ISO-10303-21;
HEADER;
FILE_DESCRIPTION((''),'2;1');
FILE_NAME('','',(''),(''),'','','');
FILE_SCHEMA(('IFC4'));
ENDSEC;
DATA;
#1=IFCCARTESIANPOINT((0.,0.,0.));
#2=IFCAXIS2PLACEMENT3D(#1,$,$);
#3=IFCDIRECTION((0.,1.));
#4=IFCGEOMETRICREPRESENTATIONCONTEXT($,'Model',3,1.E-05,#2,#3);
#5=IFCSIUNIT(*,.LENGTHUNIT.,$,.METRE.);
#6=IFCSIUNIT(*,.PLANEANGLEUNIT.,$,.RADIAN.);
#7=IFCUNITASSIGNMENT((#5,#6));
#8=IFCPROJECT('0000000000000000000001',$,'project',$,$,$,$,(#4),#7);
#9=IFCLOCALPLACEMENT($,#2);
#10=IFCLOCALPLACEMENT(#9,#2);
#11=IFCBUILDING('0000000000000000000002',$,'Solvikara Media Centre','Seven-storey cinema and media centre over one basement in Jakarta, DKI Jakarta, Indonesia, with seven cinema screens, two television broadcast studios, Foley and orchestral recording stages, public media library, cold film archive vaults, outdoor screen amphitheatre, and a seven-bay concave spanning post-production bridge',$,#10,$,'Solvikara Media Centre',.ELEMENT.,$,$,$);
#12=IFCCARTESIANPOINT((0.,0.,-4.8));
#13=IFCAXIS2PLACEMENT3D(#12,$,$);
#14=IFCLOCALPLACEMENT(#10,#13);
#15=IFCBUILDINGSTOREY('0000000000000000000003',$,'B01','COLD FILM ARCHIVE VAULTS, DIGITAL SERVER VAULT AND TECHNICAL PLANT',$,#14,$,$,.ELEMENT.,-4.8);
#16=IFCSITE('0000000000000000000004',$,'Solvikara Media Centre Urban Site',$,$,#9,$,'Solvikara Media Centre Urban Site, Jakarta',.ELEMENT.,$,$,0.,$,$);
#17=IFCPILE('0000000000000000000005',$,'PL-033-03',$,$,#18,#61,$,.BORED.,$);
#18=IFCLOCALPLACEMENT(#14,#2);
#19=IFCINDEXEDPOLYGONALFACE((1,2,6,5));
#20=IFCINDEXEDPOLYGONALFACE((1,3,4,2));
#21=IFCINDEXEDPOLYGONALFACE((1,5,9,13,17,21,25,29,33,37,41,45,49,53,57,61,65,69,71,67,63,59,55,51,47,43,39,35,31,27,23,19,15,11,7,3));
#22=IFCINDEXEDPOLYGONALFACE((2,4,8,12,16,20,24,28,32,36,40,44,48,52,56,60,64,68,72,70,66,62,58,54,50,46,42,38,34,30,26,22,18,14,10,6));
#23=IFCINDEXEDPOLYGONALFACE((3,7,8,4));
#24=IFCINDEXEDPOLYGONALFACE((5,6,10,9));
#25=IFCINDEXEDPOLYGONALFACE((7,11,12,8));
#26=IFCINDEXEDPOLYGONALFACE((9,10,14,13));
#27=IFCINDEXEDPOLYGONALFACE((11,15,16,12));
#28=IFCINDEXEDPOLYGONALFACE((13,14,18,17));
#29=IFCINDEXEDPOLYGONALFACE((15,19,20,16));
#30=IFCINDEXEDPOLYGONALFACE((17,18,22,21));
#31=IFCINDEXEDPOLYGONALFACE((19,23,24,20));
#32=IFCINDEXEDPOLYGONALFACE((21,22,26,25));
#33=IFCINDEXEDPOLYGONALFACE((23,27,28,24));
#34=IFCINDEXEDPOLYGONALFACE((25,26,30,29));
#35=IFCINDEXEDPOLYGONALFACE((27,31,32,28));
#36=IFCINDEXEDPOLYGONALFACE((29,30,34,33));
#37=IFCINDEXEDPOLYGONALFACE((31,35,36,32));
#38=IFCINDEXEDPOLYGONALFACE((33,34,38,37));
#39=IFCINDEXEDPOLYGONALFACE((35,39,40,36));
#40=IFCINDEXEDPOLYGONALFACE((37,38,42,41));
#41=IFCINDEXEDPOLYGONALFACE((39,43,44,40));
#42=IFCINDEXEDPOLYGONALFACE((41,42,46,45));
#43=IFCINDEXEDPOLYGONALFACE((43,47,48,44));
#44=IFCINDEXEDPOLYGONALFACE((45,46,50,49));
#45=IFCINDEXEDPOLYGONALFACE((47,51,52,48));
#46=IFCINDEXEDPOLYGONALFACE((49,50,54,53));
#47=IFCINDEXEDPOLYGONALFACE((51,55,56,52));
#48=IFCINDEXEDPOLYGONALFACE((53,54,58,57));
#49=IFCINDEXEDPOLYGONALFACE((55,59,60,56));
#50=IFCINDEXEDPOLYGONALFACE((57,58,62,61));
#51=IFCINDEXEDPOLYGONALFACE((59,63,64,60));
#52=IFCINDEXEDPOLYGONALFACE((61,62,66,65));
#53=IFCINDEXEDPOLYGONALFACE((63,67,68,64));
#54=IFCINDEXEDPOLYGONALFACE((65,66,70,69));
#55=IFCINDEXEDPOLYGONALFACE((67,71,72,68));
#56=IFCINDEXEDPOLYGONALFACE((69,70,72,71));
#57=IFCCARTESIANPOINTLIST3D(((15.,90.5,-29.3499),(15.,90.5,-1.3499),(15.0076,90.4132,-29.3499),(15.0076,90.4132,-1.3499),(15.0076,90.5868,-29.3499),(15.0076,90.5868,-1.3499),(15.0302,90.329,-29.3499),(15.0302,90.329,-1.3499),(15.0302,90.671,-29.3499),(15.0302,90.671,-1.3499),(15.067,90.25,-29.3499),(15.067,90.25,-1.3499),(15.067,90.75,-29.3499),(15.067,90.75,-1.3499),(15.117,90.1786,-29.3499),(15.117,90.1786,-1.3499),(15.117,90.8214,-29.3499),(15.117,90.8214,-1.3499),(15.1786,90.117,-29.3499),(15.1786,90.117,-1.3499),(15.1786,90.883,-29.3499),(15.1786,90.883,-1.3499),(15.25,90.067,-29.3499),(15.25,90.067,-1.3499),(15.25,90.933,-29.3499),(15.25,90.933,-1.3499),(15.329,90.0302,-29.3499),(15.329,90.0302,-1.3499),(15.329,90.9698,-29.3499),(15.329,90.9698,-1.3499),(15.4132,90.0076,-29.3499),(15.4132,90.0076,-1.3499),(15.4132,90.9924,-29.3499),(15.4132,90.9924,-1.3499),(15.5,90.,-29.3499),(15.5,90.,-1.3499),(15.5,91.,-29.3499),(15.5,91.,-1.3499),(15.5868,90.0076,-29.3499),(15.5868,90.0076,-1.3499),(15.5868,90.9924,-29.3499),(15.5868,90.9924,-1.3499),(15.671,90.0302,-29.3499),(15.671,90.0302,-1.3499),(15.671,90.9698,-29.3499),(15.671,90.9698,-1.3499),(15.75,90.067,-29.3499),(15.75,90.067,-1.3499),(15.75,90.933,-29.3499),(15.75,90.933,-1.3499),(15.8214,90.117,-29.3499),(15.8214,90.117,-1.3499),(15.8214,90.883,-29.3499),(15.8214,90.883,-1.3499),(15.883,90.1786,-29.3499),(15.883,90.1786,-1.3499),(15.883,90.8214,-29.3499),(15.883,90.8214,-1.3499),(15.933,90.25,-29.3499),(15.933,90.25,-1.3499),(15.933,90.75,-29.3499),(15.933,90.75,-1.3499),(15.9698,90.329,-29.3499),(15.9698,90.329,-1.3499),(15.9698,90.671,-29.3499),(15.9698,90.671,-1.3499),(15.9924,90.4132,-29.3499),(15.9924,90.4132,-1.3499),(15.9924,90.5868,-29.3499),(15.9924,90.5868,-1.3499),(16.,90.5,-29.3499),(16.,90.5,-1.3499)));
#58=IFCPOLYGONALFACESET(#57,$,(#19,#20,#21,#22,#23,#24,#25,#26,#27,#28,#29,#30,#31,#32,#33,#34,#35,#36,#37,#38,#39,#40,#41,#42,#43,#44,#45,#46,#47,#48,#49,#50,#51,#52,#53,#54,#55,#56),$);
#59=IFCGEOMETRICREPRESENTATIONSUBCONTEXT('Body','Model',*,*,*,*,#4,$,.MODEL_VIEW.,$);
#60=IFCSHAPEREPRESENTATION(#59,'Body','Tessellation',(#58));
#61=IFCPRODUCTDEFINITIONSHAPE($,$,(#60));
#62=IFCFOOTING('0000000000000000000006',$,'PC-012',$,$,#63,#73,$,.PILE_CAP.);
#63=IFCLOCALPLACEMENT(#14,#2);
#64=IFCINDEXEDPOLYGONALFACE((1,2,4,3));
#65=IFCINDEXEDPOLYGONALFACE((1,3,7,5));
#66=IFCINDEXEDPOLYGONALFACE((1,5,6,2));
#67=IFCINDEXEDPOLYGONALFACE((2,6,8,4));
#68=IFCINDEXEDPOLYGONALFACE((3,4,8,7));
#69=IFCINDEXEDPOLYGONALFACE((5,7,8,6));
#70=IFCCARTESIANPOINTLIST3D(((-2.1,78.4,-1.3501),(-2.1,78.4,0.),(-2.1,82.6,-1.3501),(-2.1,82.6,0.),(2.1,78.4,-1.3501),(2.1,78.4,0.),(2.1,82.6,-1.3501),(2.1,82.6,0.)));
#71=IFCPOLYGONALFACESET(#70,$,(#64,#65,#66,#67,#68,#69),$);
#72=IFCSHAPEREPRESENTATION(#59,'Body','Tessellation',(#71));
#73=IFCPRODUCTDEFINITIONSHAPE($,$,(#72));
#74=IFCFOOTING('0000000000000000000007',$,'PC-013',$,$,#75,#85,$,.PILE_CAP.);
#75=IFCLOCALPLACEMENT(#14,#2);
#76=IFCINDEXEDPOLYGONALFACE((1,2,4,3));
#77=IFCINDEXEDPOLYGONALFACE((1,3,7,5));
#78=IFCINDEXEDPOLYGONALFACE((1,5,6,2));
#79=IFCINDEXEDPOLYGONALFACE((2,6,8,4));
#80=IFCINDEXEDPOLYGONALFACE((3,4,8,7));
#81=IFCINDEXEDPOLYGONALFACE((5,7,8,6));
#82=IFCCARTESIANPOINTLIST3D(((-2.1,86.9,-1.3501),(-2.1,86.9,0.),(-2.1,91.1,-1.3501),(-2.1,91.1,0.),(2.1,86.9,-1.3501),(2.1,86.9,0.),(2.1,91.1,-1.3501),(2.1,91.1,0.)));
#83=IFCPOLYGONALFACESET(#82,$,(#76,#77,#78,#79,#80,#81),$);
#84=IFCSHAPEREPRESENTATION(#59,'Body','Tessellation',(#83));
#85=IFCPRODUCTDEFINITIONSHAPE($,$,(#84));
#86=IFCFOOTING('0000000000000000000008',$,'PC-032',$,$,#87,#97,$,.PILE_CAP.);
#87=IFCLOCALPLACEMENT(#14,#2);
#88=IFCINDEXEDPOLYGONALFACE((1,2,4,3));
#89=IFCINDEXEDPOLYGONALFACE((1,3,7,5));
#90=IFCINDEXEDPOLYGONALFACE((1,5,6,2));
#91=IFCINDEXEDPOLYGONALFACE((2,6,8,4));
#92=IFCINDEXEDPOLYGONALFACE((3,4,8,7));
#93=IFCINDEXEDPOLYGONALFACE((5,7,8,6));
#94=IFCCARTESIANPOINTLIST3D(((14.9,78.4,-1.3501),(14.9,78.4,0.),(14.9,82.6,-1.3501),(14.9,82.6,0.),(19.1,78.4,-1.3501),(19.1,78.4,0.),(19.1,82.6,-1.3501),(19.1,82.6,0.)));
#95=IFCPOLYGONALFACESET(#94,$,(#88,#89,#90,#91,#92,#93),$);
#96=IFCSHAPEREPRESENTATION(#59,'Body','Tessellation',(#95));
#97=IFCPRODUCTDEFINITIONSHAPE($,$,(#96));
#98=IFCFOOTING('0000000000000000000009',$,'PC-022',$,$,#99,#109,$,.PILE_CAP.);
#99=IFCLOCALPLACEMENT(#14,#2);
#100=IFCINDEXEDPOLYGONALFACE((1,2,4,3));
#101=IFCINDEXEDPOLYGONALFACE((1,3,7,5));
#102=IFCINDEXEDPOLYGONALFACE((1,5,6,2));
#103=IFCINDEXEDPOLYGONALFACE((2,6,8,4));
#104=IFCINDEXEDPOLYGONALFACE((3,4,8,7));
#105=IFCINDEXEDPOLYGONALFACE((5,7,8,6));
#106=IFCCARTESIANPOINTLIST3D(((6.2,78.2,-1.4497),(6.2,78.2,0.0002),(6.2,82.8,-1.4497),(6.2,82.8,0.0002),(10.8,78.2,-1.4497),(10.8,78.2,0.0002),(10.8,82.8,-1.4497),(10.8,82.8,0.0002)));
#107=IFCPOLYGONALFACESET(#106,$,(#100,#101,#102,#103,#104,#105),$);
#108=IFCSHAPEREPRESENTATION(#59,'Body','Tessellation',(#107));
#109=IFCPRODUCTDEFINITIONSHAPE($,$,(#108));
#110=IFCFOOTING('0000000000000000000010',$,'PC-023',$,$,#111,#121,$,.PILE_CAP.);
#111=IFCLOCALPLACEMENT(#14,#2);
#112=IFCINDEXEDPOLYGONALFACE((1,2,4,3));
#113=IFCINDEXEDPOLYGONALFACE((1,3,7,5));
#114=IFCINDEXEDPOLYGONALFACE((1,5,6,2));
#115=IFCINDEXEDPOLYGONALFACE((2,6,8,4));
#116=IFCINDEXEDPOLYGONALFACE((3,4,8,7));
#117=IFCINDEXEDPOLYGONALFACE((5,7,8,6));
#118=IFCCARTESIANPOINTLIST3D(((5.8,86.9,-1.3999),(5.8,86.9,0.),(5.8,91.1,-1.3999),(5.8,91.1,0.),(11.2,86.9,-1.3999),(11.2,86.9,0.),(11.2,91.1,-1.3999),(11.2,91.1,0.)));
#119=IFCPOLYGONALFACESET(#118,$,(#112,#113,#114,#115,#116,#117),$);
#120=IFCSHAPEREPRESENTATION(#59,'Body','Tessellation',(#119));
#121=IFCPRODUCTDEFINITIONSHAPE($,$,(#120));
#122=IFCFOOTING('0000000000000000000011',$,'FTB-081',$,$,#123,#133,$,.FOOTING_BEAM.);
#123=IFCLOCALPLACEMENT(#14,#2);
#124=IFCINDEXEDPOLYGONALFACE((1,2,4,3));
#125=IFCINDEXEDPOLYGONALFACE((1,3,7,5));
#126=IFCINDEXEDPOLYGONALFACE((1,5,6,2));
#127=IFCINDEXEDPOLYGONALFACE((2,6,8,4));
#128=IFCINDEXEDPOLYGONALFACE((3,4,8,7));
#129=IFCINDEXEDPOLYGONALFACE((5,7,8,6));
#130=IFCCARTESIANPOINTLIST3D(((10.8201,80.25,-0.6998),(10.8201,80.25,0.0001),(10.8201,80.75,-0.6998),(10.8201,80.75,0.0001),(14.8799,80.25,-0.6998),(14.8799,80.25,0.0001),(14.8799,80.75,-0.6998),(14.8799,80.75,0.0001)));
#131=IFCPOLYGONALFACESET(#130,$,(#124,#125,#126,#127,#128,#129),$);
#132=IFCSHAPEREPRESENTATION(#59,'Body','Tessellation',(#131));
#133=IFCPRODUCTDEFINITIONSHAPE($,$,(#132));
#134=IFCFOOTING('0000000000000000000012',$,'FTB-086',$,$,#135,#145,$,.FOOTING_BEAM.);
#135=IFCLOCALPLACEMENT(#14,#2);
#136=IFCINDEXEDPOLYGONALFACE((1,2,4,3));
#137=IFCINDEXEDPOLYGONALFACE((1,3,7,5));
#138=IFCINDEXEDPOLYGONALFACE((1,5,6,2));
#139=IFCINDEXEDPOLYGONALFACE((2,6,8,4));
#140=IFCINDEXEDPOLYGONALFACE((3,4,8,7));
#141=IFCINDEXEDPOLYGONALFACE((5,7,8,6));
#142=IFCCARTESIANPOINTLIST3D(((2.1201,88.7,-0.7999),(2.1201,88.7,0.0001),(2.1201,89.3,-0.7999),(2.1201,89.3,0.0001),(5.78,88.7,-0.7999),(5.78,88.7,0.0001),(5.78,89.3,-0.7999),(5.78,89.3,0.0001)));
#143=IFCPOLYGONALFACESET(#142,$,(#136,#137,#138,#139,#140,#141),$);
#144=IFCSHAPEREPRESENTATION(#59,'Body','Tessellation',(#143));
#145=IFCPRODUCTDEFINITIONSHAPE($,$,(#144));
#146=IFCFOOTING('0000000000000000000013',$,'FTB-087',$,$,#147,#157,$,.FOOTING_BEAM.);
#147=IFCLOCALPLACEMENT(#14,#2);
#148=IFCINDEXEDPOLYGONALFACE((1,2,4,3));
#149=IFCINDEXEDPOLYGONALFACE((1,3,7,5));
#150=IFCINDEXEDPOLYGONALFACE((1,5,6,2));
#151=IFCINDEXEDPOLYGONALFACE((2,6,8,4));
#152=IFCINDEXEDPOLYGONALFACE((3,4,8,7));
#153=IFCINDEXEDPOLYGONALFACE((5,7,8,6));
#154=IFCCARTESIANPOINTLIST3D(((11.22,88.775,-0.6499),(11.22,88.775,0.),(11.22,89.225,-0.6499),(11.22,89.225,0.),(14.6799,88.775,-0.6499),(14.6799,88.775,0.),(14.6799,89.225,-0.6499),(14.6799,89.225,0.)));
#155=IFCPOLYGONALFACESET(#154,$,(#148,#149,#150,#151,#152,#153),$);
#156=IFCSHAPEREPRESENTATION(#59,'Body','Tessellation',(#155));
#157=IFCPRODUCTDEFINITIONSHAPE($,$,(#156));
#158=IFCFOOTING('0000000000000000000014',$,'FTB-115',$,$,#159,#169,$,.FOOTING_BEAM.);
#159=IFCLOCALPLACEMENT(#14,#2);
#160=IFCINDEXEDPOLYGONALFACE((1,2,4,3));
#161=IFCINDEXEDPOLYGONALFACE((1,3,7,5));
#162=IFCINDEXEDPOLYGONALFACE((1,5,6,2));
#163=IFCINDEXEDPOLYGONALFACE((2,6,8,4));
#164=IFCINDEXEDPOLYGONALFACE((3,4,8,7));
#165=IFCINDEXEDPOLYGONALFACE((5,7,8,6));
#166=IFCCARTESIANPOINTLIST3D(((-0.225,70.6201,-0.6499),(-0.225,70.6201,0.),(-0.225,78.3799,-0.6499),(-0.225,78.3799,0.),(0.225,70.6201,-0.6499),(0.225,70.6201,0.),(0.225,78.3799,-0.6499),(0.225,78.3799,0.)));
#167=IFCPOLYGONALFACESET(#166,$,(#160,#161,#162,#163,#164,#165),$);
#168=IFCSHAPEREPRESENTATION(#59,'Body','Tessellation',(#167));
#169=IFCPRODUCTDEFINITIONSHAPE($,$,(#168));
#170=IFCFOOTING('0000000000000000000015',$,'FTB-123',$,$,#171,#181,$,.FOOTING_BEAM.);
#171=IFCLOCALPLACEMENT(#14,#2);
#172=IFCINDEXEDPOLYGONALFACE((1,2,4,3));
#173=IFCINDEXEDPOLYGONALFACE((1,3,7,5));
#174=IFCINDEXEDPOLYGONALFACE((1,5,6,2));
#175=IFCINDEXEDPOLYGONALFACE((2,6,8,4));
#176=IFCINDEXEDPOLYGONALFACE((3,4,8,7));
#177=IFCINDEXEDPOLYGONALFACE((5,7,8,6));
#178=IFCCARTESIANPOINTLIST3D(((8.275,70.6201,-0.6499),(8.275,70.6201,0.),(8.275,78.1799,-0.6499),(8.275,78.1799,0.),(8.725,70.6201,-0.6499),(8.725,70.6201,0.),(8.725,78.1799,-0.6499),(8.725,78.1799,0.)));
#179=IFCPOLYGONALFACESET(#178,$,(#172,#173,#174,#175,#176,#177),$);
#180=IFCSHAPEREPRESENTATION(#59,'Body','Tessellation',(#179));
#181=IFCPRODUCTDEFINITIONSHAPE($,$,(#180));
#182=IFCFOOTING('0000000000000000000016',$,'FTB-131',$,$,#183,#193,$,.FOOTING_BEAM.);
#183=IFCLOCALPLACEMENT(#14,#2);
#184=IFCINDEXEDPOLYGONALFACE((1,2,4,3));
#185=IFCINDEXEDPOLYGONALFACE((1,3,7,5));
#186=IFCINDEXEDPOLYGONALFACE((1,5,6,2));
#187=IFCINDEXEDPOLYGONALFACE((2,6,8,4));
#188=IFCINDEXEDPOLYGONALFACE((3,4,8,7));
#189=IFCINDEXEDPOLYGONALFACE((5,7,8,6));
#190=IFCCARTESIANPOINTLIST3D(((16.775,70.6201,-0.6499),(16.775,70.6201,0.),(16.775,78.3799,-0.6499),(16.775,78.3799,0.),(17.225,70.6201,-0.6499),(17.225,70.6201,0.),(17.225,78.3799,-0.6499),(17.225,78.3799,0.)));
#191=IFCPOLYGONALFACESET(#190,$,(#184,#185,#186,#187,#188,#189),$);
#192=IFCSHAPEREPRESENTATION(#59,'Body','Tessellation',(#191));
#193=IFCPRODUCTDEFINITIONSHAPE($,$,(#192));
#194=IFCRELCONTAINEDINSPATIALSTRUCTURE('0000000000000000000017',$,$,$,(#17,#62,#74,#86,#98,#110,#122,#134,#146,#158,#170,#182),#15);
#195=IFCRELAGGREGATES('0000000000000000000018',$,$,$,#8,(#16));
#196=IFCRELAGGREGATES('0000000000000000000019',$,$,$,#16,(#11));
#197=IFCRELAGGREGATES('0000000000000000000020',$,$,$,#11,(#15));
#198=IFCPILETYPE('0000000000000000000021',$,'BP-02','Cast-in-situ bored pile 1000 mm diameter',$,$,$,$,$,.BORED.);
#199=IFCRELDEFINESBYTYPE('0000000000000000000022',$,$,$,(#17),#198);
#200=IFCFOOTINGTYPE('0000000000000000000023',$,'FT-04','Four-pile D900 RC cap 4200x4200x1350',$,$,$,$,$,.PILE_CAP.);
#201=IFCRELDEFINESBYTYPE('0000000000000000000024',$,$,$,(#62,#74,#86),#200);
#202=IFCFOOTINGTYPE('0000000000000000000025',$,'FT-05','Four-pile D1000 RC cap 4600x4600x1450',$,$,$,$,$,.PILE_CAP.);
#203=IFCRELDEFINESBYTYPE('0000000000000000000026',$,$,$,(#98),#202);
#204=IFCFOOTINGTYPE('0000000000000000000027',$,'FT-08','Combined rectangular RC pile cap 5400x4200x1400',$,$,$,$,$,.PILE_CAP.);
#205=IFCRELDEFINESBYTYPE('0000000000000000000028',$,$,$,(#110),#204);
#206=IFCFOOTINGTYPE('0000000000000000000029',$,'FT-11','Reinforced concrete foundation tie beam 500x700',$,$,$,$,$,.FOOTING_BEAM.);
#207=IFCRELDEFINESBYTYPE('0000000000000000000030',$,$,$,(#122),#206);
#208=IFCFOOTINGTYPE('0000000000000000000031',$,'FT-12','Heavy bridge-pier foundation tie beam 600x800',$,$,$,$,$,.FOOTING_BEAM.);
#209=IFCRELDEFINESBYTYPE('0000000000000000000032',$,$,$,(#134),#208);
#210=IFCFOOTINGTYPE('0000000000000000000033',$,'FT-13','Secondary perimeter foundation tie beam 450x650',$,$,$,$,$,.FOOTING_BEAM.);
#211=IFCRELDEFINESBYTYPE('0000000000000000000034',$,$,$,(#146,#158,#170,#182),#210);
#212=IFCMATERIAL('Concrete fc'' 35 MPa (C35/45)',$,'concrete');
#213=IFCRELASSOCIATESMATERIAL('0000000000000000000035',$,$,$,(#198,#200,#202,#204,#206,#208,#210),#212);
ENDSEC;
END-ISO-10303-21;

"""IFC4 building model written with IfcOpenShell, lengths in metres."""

from ifc_helpers import new_model, si_unit, direction, frame, origin, origin_2d, place, context, subcontext, project, spatial, rectangle, circle, extrude, material, material_profile, profile_set, type_object, element, save


model = new_model("IFC4")

# Units and contexts
model_context = context("Model", 3, precision=1e-05, world=origin(), true_north=direction((0.0, 1.0)))
body_context = subcontext(model_context, "Body", "Model", "MODEL_VIEW")
ifc_project = project(units=[si_unit("LENGTHUNIT", "METRE"), si_unit("PLANEANGLEUNIT", "RADIAN")], contexts=[model_context])

# Site, building, storey
site_placement = place(None, origin())
site = spatial("IfcSite", under=ifc_project, at=site_placement, Name="Solvikara Media Centre Urban Site", LongName="Solvikara Media Centre Urban Site, Jakarta", CompositionType="ELEMENT", RefElevation=0.0)
building_placement = place(site_placement, origin())
building = spatial("IfcBuilding", under=site, at=building_placement, Name="Solvikara Media Centre", Description="Seven-storey cinema and media centre over one basement in Jakarta, DKI Jakarta, Indonesia, with seven cinema screens, two television broadcast studios, Foley and orchestral recording stages, public media library, cold film archive vaults, outdoor screen amphitheatre, and a seven-bay concave spanning post-production bridge", LongName="Solvikara Media Centre", CompositionType="ELEMENT")
storey_placement = place(building_placement, frame((0.0, 0.0, -4.8)))
storey = spatial("IfcBuildingStorey", under=building, at=storey_placement, Name="B01", Description="COLD FILM ARCHIVE VAULTS, DIGITAL SERVER VAULT AND TECHNICAL PLANT", CompositionType="ELEMENT", Elevation=-4.8)

# Pile
ifc_material_1 = material(Name="Concrete fc' 35 MPa (C35/45)", Category="concrete")
ifc_material_profile_1 = material_profile(ifc_material_1, circle(Radius=0.5, at=origin_2d()), Name="BORED PILE D1000")
ifc_profile_set_1 = profile_set([ifc_material_profile_1], Name="Concrete fc' 35 MPa (C35/45)")
pile_type_1 = type_object("IfcPileType", Name="BP-02", Description="Cast-in-situ bored pile 1000 mm diameter", PredefinedType="BORED", material=ifc_profile_set_1)
for number, where, z_axis, x_axis, name in (
    (1, (15.5, 90.5, -1.3499), (0.0, 0.0, -1.0), (1.0, 0.0, 0.0), "PL-033-03"),
):
    element("IfcPile", number, at=place(storey_placement, frame(where, z_axis=z_axis, x_axis=x_axis)), inside=storey, type_object=pile_type_1, Name=name, PredefinedType="BORED", context=body_context, shape_type="SweptSolid", body=[
        extrude(circle(Radius=0.5, at=origin_2d()), origin(), (0.0, 0.0, 1.0), 28.0),
    ])

# Footings
footing_type_1 = type_object("IfcFootingType", Name="FT-04", Description="Four-pile D900 RC cap 4200x4200x1350", PredefinedType="PILE_CAP", material=ifc_material_1)
for number, where, z_axis, x_axis, name in (
    (2, (0.0, 80.5, -1.3501), (0.0, 0.0, 1.0), (1.0, 0.0, 0.0), "PC-012"),
    (3, (0.0, 89.0, -1.3501), (0.0, 0.0, 1.0), (1.0, 0.0, 0.0), "PC-013"),
    (4, (17.0, 80.5, -1.3501), (0.0, 0.0, 1.0), (1.0, 0.0, 0.0), "PC-032"),
):
    element("IfcFooting", number, at=place(storey_placement, frame(where, z_axis=z_axis, x_axis=x_axis)), inside=storey, type_object=footing_type_1, Name=name, PredefinedType="PILE_CAP", context=body_context, shape_type="SweptSolid", body=[
        extrude(rectangle(XDim=4.2, YDim=4.2, at=origin_2d()), origin(), (0.0, 0.0, 1.0), 1.3501),
    ])
footing_type_2 = type_object("IfcFootingType", Name="FT-05", Description="Four-pile D1000 RC cap 4600x4600x1450", PredefinedType="PILE_CAP", material=ifc_material_1)
footing_1_placement = place(storey_placement, frame((8.5, 80.5, -1.4497), z_axis=(0.0, 0.0, 1.0), x_axis=(1.0, 0.0, 0.0)))
element("IfcFooting", 5, at=footing_1_placement, inside=storey, type_object=footing_type_2, Name="PC-022", PredefinedType="PILE_CAP", context=body_context, shape_type="SweptSolid", body=[
    extrude(rectangle(XDim=4.6001, YDim=4.6001, at=origin_2d()), origin(), (0.0, 0.0, 1.0), 1.45),
])
footing_type_3 = type_object("IfcFootingType", Name="FT-08", Description="Combined rectangular RC pile cap 5400x4200x1400", PredefinedType="PILE_CAP", material=ifc_material_1)
footing_2_placement = place(storey_placement, frame((8.5, 89.0, -1.3999), z_axis=(0.0, 0.0, 1.0), x_axis=(1.0, 0.0, 0.0)))
element("IfcFooting", 6, at=footing_2_placement, inside=storey, type_object=footing_type_3, Name="PC-023", PredefinedType="PILE_CAP", context=body_context, shape_type="SweptSolid", body=[
    extrude(rectangle(XDim=5.3999, YDim=4.2, at=origin_2d()), origin(), (0.0, 0.0, 1.0), 1.3999),
])
ifc_material_profile_2 = material_profile(ifc_material_1, rectangle(XDim=0.5, YDim=0.7, at=origin_2d()), Name="RC 500x700")
ifc_profile_set_2 = profile_set([ifc_material_profile_2], Name="Concrete fc' 35 MPa (C35/45)")
footing_type_4 = type_object("IfcFootingType", Name="FT-11", Description="Reinforced concrete foundation tie beam 500x700", PredefinedType="FOOTING_BEAM", material=ifc_profile_set_2)
footing_3_placement = place(storey_placement, frame((10.8201, 80.5, -0.3499), z_axis=(1.0, 0.0, 0.0), x_axis=(0.0, 1.0, 0.0)))
element("IfcFooting", 7, at=footing_3_placement, inside=storey, type_object=footing_type_4, Name="FTB-081", PredefinedType="FOOTING_BEAM", context=body_context, shape_type="SweptSolid", body=[
    extrude(rectangle(XDim=0.5, YDim=0.7, at=origin_2d()), origin(), (0.0, 0.0, 1.0), 4.0598),
])
ifc_material_profile_3 = material_profile(ifc_material_1, rectangle(XDim=0.6001, YDim=0.8, at=origin_2d()), Name="RC 600x800")
ifc_profile_set_3 = profile_set([ifc_material_profile_3], Name="Concrete fc' 35 MPa (C35/45)")
footing_type_5 = type_object("IfcFootingType", Name="FT-12", Description="Heavy bridge-pier foundation tie beam 600x800", PredefinedType="FOOTING_BEAM", material=ifc_profile_set_3)
footing_4_placement = place(storey_placement, frame((2.1201, 89.0, -0.3999), z_axis=(1.0, 0.0, 0.0), x_axis=(0.0, 1.0, 0.0)))
element("IfcFooting", 8, at=footing_4_placement, inside=storey, type_object=footing_type_5, Name="FTB-086", PredefinedType="FOOTING_BEAM", context=body_context, shape_type="SweptSolid", body=[
    extrude(rectangle(XDim=0.6001, YDim=0.8, at=origin_2d()), origin(), (0.0, 0.0, 1.0), 3.6599),
])
ifc_material_profile_4 = material_profile(ifc_material_1, rectangle(XDim=0.45, YDim=0.6499, at=origin_2d()), Name="RC 450x650")
ifc_profile_set_4 = profile_set([ifc_material_profile_4], Name="Concrete fc' 35 MPa (C35/45)")
footing_type_6 = type_object("IfcFootingType", Name="FT-13", Description="Secondary perimeter foundation tie beam 450x650", PredefinedType="FOOTING_BEAM", material=ifc_profile_set_4)
footing_5_placement = place(storey_placement, frame((11.22, 89.0, -0.325), z_axis=(1.0, 0.0, 0.0), x_axis=(0.0, 1.0, 0.0)))
element("IfcFooting", 9, at=footing_5_placement, inside=storey, type_object=footing_type_6, Name="FTB-087", PredefinedType="FOOTING_BEAM", context=body_context, shape_type="SweptSolid", body=[
    extrude(rectangle(XDim=0.45, YDim=0.6499, at=origin_2d()), origin(), (0.0, 0.0, 1.0), 3.46),
])
footing_6_placement = place(storey_placement, frame((0.0, 70.6201, -0.325), z_axis=(0.0, 1.0, 0.0), x_axis=(-1.0, 0.0, 0.0)))
element("IfcFooting", 10, at=footing_6_placement, inside=storey, type_object=footing_type_6, Name="FTB-115", PredefinedType="FOOTING_BEAM", context=body_context, shape_type="SweptSolid", body=[
    extrude(rectangle(XDim=0.45, YDim=0.6499, at=origin_2d()), origin(), (0.0, 0.0, 1.0), 7.7598),
])
footing_7_placement = place(storey_placement, frame((8.5, 70.6201, -0.325), z_axis=(0.0, 1.0, 0.0), x_axis=(-1.0, 0.0, 0.0)))
element("IfcFooting", 11, at=footing_7_placement, inside=storey, type_object=footing_type_6, Name="FTB-123", PredefinedType="FOOTING_BEAM", context=body_context, shape_type="SweptSolid", body=[
    extrude(rectangle(XDim=0.45, YDim=0.6499, at=origin_2d()), origin(), (0.0, 0.0, 1.0), 7.5598),
])
footing_8_placement = place(storey_placement, frame((17.0, 70.6201, -0.325), z_axis=(0.0, 1.0, 0.0), x_axis=(-1.0, 0.0, 0.0)))
element("IfcFooting", 12, at=footing_8_placement, inside=storey, type_object=footing_type_6, Name="FTB-131", PredefinedType="FOOTING_BEAM", context=body_context, shape_type="SweptSolid", body=[
    extrude(rectangle(XDim=0.45, YDim=0.6499, at=origin_2d()), origin(), (0.0, 0.0, 1.0), 7.7598),
])

save(model, "model.ifc")
